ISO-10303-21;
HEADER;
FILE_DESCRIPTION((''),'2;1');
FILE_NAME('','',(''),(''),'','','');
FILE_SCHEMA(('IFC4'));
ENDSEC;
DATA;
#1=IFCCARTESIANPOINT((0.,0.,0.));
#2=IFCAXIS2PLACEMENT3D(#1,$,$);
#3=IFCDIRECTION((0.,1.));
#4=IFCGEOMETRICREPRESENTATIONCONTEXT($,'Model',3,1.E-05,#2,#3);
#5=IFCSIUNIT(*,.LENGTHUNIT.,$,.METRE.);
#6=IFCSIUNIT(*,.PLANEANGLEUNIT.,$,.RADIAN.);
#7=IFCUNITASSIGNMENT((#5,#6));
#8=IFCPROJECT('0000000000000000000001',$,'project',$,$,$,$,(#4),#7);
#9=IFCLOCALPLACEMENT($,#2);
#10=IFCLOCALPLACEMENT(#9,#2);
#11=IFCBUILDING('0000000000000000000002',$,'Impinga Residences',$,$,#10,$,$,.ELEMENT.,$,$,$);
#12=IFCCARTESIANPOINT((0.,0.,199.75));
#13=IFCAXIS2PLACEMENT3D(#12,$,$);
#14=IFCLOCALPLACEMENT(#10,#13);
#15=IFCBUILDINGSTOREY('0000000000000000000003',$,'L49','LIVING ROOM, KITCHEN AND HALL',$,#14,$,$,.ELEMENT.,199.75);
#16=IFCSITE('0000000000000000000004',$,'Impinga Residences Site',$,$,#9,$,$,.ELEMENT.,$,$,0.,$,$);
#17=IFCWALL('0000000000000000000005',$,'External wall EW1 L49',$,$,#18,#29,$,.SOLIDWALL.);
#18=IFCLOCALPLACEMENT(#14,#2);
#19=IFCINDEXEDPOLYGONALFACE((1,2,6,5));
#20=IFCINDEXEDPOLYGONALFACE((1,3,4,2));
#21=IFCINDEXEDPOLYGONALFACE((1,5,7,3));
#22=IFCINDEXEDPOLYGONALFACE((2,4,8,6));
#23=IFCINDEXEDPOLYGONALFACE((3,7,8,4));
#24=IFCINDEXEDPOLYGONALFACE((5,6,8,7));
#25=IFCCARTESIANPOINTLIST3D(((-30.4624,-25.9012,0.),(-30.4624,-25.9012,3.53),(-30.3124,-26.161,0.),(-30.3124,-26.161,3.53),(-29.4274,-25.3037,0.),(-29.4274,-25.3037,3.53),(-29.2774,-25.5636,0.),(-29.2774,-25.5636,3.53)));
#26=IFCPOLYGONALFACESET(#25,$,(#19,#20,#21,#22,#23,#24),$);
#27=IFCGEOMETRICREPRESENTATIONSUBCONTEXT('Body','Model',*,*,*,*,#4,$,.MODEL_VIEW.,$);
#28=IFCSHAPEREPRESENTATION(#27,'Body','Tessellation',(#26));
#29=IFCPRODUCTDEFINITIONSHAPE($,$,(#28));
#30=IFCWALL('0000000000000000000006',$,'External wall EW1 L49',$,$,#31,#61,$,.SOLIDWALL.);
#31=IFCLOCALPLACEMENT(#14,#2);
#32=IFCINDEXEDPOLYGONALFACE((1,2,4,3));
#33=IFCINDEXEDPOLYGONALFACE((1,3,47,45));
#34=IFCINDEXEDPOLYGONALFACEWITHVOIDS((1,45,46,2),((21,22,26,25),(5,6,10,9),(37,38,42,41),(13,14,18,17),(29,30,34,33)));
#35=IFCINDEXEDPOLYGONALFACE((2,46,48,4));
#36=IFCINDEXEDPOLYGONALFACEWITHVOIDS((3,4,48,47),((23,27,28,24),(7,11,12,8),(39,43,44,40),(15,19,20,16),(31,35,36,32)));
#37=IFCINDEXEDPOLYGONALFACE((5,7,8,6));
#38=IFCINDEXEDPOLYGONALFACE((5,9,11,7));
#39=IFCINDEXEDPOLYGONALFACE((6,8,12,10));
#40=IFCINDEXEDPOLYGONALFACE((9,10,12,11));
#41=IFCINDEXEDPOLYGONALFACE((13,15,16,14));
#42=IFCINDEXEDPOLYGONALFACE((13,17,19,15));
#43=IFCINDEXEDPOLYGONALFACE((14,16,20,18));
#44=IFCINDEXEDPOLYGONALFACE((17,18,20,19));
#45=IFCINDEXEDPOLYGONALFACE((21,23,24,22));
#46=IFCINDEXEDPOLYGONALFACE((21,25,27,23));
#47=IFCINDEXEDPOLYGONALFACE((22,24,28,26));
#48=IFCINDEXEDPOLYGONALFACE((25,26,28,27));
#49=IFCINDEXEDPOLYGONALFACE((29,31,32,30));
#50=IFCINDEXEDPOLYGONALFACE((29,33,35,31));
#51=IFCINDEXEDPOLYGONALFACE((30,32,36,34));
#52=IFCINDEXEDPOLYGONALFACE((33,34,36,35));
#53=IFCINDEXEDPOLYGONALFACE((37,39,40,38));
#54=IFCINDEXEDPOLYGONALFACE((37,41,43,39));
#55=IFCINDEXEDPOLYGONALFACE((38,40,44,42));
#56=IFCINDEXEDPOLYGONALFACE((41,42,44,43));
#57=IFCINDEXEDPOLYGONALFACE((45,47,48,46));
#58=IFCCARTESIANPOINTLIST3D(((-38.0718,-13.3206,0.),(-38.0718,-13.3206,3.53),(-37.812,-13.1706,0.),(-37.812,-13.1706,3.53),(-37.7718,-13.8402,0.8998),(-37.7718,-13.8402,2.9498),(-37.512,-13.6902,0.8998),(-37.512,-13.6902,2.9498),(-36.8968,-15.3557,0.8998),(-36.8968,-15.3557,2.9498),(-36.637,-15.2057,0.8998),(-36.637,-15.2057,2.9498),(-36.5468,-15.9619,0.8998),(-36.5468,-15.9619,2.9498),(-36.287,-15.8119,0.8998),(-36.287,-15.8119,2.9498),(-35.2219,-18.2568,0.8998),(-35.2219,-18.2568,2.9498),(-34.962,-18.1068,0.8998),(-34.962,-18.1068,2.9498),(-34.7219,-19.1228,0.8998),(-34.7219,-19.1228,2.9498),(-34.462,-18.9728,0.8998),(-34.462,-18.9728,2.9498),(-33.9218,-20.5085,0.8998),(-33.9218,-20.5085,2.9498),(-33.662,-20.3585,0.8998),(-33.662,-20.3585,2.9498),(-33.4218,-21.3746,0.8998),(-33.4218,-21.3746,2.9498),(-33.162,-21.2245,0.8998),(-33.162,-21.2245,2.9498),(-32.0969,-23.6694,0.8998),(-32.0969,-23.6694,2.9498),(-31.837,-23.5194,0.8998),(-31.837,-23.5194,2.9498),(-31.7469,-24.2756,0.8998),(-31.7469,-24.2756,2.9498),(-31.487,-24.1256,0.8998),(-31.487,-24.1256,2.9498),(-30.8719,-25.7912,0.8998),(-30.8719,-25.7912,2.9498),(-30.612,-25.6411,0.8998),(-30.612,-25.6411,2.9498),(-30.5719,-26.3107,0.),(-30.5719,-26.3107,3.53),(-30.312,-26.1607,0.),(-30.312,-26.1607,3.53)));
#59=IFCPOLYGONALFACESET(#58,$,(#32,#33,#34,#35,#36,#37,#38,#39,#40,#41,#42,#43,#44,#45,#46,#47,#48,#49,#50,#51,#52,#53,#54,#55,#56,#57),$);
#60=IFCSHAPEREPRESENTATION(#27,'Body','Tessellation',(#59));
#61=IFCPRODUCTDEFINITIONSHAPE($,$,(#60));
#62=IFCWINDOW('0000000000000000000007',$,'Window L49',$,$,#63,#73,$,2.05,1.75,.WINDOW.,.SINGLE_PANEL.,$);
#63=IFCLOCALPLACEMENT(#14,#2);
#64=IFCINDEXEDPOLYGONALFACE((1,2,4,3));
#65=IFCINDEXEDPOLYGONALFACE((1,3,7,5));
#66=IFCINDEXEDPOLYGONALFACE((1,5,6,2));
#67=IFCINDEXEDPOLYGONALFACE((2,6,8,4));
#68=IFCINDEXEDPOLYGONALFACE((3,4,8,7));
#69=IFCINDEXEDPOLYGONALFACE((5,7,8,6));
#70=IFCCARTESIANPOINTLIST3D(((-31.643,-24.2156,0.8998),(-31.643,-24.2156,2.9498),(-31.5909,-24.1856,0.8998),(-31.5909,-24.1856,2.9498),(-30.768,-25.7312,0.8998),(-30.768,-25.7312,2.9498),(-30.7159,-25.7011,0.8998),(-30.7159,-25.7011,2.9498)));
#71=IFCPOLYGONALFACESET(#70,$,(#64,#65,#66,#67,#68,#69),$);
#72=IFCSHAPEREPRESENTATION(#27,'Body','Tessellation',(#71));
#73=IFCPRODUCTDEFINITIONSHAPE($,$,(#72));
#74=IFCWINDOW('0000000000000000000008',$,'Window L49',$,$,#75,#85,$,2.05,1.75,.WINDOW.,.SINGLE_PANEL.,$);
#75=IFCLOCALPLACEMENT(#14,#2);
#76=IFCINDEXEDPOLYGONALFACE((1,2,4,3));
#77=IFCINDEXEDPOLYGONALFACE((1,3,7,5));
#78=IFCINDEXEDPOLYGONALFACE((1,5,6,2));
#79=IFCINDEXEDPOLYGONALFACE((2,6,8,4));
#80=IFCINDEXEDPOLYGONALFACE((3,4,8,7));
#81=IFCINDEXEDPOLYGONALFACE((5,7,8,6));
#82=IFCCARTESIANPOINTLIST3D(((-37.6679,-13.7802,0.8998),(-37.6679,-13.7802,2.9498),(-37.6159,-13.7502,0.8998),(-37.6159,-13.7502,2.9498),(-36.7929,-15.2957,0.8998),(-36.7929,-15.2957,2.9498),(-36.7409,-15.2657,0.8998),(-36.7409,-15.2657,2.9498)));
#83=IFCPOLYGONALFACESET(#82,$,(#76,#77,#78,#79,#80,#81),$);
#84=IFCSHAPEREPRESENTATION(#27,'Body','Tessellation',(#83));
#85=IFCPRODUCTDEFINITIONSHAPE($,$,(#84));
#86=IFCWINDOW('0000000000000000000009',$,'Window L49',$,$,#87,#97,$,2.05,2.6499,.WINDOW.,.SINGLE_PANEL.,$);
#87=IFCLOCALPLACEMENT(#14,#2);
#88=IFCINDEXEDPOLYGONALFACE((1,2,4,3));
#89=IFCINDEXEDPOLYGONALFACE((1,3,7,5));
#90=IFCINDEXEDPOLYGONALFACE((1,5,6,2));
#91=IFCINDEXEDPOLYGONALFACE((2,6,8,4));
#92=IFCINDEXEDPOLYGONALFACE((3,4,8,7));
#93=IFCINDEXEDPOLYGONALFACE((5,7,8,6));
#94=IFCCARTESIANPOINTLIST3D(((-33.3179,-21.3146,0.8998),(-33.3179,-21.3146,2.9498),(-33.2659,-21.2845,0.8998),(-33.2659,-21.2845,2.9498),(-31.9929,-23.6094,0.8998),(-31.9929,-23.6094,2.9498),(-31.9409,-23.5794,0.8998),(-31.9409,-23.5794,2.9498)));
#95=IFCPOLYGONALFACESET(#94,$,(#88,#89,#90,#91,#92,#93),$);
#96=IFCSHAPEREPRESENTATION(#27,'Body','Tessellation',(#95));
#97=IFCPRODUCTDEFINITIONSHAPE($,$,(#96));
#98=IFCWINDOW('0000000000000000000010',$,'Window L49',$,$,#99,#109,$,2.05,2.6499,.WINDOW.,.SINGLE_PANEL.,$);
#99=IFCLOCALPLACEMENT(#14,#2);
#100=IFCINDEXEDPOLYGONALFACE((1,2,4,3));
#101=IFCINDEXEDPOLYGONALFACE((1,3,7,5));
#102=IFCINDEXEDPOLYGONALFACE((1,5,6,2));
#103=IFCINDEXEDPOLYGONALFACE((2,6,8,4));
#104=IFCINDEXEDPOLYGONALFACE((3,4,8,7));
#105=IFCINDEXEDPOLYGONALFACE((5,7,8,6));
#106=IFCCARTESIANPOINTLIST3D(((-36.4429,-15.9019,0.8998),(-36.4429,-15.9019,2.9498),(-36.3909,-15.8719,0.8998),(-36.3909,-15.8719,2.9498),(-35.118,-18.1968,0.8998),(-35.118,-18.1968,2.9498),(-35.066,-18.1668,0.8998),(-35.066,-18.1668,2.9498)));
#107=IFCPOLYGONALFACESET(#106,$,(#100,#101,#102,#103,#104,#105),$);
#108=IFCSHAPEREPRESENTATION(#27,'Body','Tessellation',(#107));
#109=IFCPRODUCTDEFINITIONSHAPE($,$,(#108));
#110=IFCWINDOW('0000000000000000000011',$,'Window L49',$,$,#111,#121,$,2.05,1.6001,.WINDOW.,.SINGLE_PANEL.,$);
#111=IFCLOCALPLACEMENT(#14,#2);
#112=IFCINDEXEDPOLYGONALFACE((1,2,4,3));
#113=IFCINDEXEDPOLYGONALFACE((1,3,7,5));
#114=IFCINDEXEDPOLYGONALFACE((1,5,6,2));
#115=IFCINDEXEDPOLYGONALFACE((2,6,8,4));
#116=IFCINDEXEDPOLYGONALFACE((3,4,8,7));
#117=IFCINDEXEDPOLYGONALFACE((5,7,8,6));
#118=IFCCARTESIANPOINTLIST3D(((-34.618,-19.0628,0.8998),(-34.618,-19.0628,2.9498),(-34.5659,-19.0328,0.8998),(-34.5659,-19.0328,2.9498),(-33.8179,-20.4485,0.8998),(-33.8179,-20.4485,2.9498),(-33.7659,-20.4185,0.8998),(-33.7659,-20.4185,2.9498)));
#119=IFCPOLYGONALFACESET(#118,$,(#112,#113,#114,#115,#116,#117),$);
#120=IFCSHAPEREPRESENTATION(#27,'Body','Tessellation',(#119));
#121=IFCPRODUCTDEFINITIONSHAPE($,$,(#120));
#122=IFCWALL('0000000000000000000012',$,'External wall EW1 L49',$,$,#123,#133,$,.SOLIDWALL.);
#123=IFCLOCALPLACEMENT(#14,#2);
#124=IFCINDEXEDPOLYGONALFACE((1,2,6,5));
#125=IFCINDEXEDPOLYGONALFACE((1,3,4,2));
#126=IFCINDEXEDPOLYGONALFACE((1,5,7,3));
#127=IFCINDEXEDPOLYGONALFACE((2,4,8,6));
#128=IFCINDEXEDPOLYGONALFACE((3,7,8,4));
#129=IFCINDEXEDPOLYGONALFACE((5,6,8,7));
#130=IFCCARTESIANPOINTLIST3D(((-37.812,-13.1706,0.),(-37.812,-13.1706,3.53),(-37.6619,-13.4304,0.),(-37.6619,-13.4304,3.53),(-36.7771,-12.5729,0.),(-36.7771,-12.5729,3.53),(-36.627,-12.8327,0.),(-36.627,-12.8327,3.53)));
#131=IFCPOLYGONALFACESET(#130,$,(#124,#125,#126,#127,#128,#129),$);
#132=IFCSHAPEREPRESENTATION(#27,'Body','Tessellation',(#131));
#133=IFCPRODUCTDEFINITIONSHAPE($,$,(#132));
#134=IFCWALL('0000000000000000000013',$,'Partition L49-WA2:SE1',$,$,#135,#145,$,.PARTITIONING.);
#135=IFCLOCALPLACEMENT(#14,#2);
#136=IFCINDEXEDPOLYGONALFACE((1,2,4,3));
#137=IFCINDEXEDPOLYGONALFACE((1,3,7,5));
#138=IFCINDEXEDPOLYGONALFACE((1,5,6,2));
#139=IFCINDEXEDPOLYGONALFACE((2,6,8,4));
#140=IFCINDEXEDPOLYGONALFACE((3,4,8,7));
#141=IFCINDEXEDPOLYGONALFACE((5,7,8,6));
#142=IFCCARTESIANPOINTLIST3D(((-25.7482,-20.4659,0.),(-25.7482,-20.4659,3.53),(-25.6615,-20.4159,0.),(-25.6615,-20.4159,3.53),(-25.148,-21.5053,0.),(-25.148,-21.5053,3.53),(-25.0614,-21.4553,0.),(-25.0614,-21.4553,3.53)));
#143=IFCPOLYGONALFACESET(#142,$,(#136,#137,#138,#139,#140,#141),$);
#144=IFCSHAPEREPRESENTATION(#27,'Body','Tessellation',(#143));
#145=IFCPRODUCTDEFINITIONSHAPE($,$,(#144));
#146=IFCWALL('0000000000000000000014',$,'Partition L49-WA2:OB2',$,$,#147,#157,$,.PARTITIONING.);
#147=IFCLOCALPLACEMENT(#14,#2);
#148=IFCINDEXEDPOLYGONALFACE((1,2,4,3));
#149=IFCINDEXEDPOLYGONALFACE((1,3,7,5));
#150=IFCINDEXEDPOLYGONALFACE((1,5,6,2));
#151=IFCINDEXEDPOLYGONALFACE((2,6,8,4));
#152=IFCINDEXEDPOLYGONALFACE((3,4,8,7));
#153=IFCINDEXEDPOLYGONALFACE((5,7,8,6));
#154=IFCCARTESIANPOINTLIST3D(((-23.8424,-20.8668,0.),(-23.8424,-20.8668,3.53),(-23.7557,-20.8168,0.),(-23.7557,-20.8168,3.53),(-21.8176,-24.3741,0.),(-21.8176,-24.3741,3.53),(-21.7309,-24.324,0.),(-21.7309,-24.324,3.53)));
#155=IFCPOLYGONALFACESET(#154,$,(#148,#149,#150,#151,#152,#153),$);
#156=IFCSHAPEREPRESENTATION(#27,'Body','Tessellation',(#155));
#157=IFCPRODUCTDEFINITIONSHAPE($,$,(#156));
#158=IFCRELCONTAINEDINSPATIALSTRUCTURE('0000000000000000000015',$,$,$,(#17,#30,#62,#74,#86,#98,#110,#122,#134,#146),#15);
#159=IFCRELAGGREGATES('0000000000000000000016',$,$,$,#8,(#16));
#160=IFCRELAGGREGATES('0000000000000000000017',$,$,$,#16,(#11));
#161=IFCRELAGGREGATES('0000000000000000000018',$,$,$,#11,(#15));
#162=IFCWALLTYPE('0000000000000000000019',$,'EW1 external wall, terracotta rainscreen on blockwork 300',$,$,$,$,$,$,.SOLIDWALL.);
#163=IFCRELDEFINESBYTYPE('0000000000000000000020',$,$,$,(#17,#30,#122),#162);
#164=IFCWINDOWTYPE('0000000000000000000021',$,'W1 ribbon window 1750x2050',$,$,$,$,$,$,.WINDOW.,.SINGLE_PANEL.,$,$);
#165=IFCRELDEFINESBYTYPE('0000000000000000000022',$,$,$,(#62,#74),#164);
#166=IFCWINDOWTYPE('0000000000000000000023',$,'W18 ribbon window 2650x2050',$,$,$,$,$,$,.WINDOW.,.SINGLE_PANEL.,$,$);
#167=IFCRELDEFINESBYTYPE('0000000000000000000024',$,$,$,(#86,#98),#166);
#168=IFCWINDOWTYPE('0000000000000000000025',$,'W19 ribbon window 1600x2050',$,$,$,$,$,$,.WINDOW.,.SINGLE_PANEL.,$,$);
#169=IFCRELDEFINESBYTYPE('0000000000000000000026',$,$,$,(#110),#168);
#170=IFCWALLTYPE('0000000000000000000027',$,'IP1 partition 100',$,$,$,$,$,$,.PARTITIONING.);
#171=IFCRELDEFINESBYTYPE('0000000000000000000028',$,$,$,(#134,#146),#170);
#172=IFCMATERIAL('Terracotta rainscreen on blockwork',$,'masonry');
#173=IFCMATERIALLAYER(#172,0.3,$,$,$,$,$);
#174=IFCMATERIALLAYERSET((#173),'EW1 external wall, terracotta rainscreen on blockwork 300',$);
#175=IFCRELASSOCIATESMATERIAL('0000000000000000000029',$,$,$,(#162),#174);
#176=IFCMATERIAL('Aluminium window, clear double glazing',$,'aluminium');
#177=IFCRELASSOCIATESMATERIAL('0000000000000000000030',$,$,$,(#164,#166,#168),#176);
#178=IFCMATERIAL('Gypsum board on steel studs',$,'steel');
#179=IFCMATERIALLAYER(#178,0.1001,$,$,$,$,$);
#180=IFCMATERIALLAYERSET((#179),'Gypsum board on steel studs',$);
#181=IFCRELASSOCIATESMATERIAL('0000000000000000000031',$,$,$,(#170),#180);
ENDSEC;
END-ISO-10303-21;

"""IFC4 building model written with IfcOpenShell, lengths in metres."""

from ifc_helpers import new_model, si_unit, direction, frame, frame_2d, origin, place, context, subcontext, project, spatial, rectangle, extrude, material, layer, layer_set, type_object, element, fill, save


model = new_model("IFC4")

# Units and contexts
model_context = context("Model", 3, precision=1e-05, world=origin(), true_north=direction((0.0, 1.0)))
body_context = subcontext(model_context, "Body", "Model", "MODEL_VIEW")
ifc_project = project(units=[si_unit("LENGTHUNIT", "METRE"), si_unit("PLANEANGLEUNIT", "RADIAN")], contexts=[model_context])

# Site, building, storey
site_placement = place(None, origin())
site = spatial("IfcSite", under=ifc_project, at=site_placement, Name="Impinga Residences Site", CompositionType="ELEMENT", RefElevation=0.0)
building_placement = place(site_placement, origin())
building = spatial("IfcBuilding", under=site, at=building_placement, Name="Impinga Residences", CompositionType="ELEMENT")
storey_placement = place(building_placement, frame((0.0, 0.0, 199.75)))
storey = spatial("IfcBuildingStorey", under=building, at=storey_placement, Name="L49", Description="LIVING ROOM, KITCHEN AND HALL", CompositionType="ELEMENT", Elevation=199.75)

# Wall
ifc_material_1 = material(Name="Terracotta rainscreen on blockwork", Category="masonry")
ifc_layer_1 = layer(ifc_material_1, 0.3)
ifc_layer_set_1 = layer_set([ifc_layer_1], Name="EW1 external wall, terracotta rainscreen on blockwork 300")
wall_type_1 = type_object("IfcWallType", Name="EW1 external wall, terracotta rainscreen on blockwork 300", PredefinedType="SOLIDWALL", material=ifc_layer_set_1)
wall_1_placement = place(storey_placement, frame((-29.3523, -25.4336, 0.0), z_axis=(0.0, 0.0, 1.0), x_axis=(-0.86606, -0.499941, 0.0)))
element("IfcWall", 1, at=wall_1_placement, inside=storey, type_object=wall_type_1, Name="External wall EW1 L49", PredefinedType="SOLIDWALL", context=body_context, shape_type="SweptSolid", body=[
    extrude(rectangle(XDim=1.1951, YDim=0.3, at=frame_2d((0.5977, 0.0))), origin(), (0.0, 0.0, 1.0), 3.53),
])

# Wall, openings, windows
wall_2_placement = place(storey_placement, frame((-30.4419, -26.2358, 0.0), z_axis=(0.0, 0.0, 1.0), x_axis=(-0.500004, 0.866023, 0.0)))
wall_2 = element("IfcWall", 2, at=wall_2_placement, inside=storey, type_object=wall_type_1, Name="External wall EW1 L49", PredefinedType="SOLIDWALL", context=body_context, shape_type="SweptSolid", body=[
    extrude(rectangle(XDim=14.9998, YDim=0.3, at=frame_2d((7.5, 0.0))), origin(), (0.0, 0.0, 1.0), 3.53),
])
opening_1_placement = place(wall_2_placement, frame((0.6001, 0.0, 0.8999)))
opening_1 = element("IfcOpeningElement", 3, at=opening_1_placement, cuts=wall_2, PredefinedType="OPENING", context=body_context, shape_type="SweptSolid", body=[
    extrude(rectangle(XDim=1.75, YDim=2.05, at=frame_2d((0.875, 1.0249))), frame((0.0, 0.1599, 0.0), z_axis=(0.0, -1.0, 0.0), x_axis=(1.0, 0.0, 0.0)), (0.0, 0.0, 1.0), 0.3201),
])
opening_2_placement = place(wall_2_placement, frame((3.05, 0.0, 0.8999)))
opening_2 = element("IfcOpeningElement", 4, at=opening_2_placement, cuts=wall_2, PredefinedType="OPENING", context=body_context, shape_type="SweptSolid", body=[
    extrude(rectangle(XDim=2.6499, YDim=2.05, at=frame_2d((1.325, 1.0249))), frame((0.0, 0.1599, 0.0), z_axis=(0.0, -1.0, 0.0), x_axis=(1.0, 0.0, 0.0)), (0.0, 0.0, 1.0), 0.3201),
])
opening_3_placement = place(wall_2_placement, frame((6.7, 0.0, 0.8999)))
opening_3 = element("IfcOpeningElement", 5, at=opening_3_placement, cuts=wall_2, PredefinedType="OPENING", context=body_context, shape_type="SweptSolid", body=[
    extrude(rectangle(XDim=1.6001, YDim=2.05, at=frame_2d((0.8, 1.0249))), frame((0.0, 0.1599, 0.0), z_axis=(0.0, -1.0, 0.0), x_axis=(1.0, 0.0, 0.0)), (0.0, 0.0, 1.0), 0.3201),
])
opening_4_placement = place(wall_2_placement, frame((9.3, 0.0, 0.8999)))
opening_4 = element("IfcOpeningElement", 6, at=opening_4_placement, cuts=wall_2, PredefinedType="OPENING", context=body_context, shape_type="SweptSolid", body=[
    extrude(rectangle(XDim=2.6499, YDim=2.05, at=frame_2d((1.325, 1.0249))), frame((0.0, 0.1599, 0.0), z_axis=(0.0, -1.0, 0.0), x_axis=(1.0, 0.0, 0.0)), (0.0, 0.0, 1.0), 0.3201),
])
opening_5_placement = place(wall_2_placement, frame((12.6499, 0.0, 0.8999)))
opening_5 = element("IfcOpeningElement", 7, at=opening_5_placement, cuts=wall_2, PredefinedType="OPENING", context=body_context, shape_type="SweptSolid", body=[
    extrude(rectangle(XDim=1.75, YDim=2.05, at=frame_2d((0.875, 1.0249))), frame((0.0, 0.1599, 0.0), z_axis=(0.0, -1.0, 0.0), x_axis=(1.0, 0.0, 0.0)), (0.0, 0.0, 1.0), 0.3201),
])
ifc_material_2 = material(Name="Aluminium window, clear double glazing", Category="aluminium")
window_type_1 = type_object("IfcWindowType", Name="W1 ribbon window 1750x2050", PartitioningType="SINGLE_PANEL", PredefinedType="WINDOW", material=ifc_material_2)
window_1_placement = place(opening_1_placement, origin())
window_1 = element("IfcWindow", 8, at=window_1_placement, inside=storey, type_object=window_type_1, Name="Window L49", OverallHeight=2.05, OverallWidth=1.75, PartitioningType="SINGLE_PANEL", PredefinedType="WINDOW", context=body_context, shape_type="SweptSolid", body=[
    extrude(rectangle(XDim=1.75, YDim=2.05, at=frame_2d((0.875, 1.0249))), frame((0.0, 0.03, 0.0), z_axis=(0.0, -1.0, 0.0), x_axis=(1.0, 0.0, 0.0)), (0.0, 0.0, 1.0), 0.0601),
])
fill(opening_1, window_1)
window_2_placement = place(opening_5_placement, origin())
window_2 = element("IfcWindow", 9, at=window_2_placement, inside=storey, type_object=window_type_1, Name="Window L49", OverallHeight=2.05, OverallWidth=1.75, PartitioningType="SINGLE_PANEL", PredefinedType="WINDOW", context=body_context, shape_type="SweptSolid", body=[
    extrude(rectangle(XDim=1.75, YDim=2.05, at=frame_2d((0.875, 1.0249))), frame((0.0, 0.03, 0.0), z_axis=(0.0, -1.0, 0.0), x_axis=(1.0, 0.0, 0.0)), (0.0, 0.0, 1.0), 0.0601),
])
fill(opening_5, window_2)
window_type_2 = type_object("IfcWindowType", Name="W18 ribbon window 2650x2050", PartitioningType="SINGLE_PANEL", PredefinedType="WINDOW", material=ifc_material_2)
window_3_placement = place(opening_2_placement, origin())
window_3 = element("IfcWindow", 10, at=window_3_placement, inside=storey, type_object=window_type_2, Name="Window L49", OverallHeight=2.05, OverallWidth=2.6499, PartitioningType="SINGLE_PANEL", PredefinedType="WINDOW", context=body_context, shape_type="SweptSolid", body=[
    extrude(rectangle(XDim=2.6499, YDim=2.05, at=frame_2d((1.325, 1.0249))), frame((0.0, 0.03, 0.0), z_axis=(0.0, -1.0, 0.0), x_axis=(1.0, 0.0, 0.0)), (0.0, 0.0, 1.0), 0.0601),
])
fill(opening_2, window_3)
window_4_placement = place(opening_4_placement, origin())
window_4 = element("IfcWindow", 11, at=window_4_placement, inside=storey, type_object=window_type_2, Name="Window L49", OverallHeight=2.05, OverallWidth=2.6499, PartitioningType="SINGLE_PANEL", PredefinedType="WINDOW", context=body_context, shape_type="SweptSolid", body=[
    extrude(rectangle(XDim=2.6499, YDim=2.05, at=frame_2d((1.325, 1.0249))), frame((0.0, 0.03, 0.0), z_axis=(0.0, -1.0, 0.0), x_axis=(1.0, 0.0, 0.0)), (0.0, 0.0, 1.0), 0.0601),
])
fill(opening_4, window_4)
window_type_3 = type_object("IfcWindowType", Name="W19 ribbon window 1600x2050", PartitioningType="SINGLE_PANEL", PredefinedType="WINDOW", material=ifc_material_2)
window_5_placement = place(opening_3_placement, origin())
window_5 = element("IfcWindow", 12, at=window_5_placement, inside=storey, type_object=window_type_3, Name="Window L49", OverallHeight=2.05, OverallWidth=1.6001, PartitioningType="SINGLE_PANEL", PredefinedType="WINDOW", context=body_context, shape_type="SweptSolid", body=[
    extrude(rectangle(XDim=1.6001, YDim=2.05, at=frame_2d((0.8, 1.0249))), frame((0.0, 0.03, 0.0), z_axis=(0.0, -1.0, 0.0), x_axis=(1.0, 0.0, 0.0)), (0.0, 0.0, 1.0), 0.0601),
])
fill(opening_3, window_5)

# Walls
wall_3_placement = place(storey_placement, frame((-37.7371, -13.3005, 0.0), z_axis=(0.0, 0.0, 1.0), x_axis=(0.865971, 0.500094, 0.0)))
element("IfcWall", 13, at=wall_3_placement, inside=storey, type_object=wall_type_1, Name="External wall EW1 L49", PredefinedType="SOLIDWALL", context=body_context, shape_type="SweptSolid", body=[
    extrude(rectangle(XDim=1.1951, YDim=0.3, at=frame_2d((0.5977, 0.0))), origin(), (0.0, 0.0, 1.0), 3.53),
])
ifc_material_3 = material(Name="Gypsum board on steel studs", Category="steel")
ifc_layer_2 = layer(ifc_material_3, 0.1001)
ifc_layer_set_2 = layer_set([ifc_layer_2], Name="Gypsum board on steel studs")
wall_type_2 = type_object("IfcWallType", Name="IP1 partition 100", PredefinedType="PARTITIONING", material=ifc_layer_set_2)
wall_4_placement = place(storey_placement, frame((-25.7048, -20.4409, 0.0), z_axis=(0.0, 0.0, 1.0), x_axis=(0.500034, -0.866006, 0.0)))
element("IfcWall", 14, at=wall_4_placement, inside=storey, type_object=wall_type_2, Name="Partition L49-WA2:SE1", PredefinedType="PARTITIONING", context=body_context, shape_type="SweptSolid", body=[
    extrude(rectangle(XDim=1.2002, YDim=0.1001, at=frame_2d((0.6001, 0.0))), origin(), (0.0, 0.0, 1.0), 3.53),
])
wall_5_placement = place(storey_placement, frame((-23.7991, -20.8418, 0.0), z_axis=(0.0, 0.0, 1.0), x_axis=(0.49999, -0.866031, 0.0)))
element("IfcWall", 15, at=wall_5_placement, inside=storey, type_object=wall_type_2, Name="Partition L49-WA2:OB2", PredefinedType="PARTITIONING", context=body_context, shape_type="SweptSolid", body=[
    extrude(rectangle(XDim=4.0498, YDim=0.1001, at=frame_2d((2.0249, 0.0))), origin(), (0.0, 0.0, 1.0), 3.53),
])

save(model, "model.ifc")
